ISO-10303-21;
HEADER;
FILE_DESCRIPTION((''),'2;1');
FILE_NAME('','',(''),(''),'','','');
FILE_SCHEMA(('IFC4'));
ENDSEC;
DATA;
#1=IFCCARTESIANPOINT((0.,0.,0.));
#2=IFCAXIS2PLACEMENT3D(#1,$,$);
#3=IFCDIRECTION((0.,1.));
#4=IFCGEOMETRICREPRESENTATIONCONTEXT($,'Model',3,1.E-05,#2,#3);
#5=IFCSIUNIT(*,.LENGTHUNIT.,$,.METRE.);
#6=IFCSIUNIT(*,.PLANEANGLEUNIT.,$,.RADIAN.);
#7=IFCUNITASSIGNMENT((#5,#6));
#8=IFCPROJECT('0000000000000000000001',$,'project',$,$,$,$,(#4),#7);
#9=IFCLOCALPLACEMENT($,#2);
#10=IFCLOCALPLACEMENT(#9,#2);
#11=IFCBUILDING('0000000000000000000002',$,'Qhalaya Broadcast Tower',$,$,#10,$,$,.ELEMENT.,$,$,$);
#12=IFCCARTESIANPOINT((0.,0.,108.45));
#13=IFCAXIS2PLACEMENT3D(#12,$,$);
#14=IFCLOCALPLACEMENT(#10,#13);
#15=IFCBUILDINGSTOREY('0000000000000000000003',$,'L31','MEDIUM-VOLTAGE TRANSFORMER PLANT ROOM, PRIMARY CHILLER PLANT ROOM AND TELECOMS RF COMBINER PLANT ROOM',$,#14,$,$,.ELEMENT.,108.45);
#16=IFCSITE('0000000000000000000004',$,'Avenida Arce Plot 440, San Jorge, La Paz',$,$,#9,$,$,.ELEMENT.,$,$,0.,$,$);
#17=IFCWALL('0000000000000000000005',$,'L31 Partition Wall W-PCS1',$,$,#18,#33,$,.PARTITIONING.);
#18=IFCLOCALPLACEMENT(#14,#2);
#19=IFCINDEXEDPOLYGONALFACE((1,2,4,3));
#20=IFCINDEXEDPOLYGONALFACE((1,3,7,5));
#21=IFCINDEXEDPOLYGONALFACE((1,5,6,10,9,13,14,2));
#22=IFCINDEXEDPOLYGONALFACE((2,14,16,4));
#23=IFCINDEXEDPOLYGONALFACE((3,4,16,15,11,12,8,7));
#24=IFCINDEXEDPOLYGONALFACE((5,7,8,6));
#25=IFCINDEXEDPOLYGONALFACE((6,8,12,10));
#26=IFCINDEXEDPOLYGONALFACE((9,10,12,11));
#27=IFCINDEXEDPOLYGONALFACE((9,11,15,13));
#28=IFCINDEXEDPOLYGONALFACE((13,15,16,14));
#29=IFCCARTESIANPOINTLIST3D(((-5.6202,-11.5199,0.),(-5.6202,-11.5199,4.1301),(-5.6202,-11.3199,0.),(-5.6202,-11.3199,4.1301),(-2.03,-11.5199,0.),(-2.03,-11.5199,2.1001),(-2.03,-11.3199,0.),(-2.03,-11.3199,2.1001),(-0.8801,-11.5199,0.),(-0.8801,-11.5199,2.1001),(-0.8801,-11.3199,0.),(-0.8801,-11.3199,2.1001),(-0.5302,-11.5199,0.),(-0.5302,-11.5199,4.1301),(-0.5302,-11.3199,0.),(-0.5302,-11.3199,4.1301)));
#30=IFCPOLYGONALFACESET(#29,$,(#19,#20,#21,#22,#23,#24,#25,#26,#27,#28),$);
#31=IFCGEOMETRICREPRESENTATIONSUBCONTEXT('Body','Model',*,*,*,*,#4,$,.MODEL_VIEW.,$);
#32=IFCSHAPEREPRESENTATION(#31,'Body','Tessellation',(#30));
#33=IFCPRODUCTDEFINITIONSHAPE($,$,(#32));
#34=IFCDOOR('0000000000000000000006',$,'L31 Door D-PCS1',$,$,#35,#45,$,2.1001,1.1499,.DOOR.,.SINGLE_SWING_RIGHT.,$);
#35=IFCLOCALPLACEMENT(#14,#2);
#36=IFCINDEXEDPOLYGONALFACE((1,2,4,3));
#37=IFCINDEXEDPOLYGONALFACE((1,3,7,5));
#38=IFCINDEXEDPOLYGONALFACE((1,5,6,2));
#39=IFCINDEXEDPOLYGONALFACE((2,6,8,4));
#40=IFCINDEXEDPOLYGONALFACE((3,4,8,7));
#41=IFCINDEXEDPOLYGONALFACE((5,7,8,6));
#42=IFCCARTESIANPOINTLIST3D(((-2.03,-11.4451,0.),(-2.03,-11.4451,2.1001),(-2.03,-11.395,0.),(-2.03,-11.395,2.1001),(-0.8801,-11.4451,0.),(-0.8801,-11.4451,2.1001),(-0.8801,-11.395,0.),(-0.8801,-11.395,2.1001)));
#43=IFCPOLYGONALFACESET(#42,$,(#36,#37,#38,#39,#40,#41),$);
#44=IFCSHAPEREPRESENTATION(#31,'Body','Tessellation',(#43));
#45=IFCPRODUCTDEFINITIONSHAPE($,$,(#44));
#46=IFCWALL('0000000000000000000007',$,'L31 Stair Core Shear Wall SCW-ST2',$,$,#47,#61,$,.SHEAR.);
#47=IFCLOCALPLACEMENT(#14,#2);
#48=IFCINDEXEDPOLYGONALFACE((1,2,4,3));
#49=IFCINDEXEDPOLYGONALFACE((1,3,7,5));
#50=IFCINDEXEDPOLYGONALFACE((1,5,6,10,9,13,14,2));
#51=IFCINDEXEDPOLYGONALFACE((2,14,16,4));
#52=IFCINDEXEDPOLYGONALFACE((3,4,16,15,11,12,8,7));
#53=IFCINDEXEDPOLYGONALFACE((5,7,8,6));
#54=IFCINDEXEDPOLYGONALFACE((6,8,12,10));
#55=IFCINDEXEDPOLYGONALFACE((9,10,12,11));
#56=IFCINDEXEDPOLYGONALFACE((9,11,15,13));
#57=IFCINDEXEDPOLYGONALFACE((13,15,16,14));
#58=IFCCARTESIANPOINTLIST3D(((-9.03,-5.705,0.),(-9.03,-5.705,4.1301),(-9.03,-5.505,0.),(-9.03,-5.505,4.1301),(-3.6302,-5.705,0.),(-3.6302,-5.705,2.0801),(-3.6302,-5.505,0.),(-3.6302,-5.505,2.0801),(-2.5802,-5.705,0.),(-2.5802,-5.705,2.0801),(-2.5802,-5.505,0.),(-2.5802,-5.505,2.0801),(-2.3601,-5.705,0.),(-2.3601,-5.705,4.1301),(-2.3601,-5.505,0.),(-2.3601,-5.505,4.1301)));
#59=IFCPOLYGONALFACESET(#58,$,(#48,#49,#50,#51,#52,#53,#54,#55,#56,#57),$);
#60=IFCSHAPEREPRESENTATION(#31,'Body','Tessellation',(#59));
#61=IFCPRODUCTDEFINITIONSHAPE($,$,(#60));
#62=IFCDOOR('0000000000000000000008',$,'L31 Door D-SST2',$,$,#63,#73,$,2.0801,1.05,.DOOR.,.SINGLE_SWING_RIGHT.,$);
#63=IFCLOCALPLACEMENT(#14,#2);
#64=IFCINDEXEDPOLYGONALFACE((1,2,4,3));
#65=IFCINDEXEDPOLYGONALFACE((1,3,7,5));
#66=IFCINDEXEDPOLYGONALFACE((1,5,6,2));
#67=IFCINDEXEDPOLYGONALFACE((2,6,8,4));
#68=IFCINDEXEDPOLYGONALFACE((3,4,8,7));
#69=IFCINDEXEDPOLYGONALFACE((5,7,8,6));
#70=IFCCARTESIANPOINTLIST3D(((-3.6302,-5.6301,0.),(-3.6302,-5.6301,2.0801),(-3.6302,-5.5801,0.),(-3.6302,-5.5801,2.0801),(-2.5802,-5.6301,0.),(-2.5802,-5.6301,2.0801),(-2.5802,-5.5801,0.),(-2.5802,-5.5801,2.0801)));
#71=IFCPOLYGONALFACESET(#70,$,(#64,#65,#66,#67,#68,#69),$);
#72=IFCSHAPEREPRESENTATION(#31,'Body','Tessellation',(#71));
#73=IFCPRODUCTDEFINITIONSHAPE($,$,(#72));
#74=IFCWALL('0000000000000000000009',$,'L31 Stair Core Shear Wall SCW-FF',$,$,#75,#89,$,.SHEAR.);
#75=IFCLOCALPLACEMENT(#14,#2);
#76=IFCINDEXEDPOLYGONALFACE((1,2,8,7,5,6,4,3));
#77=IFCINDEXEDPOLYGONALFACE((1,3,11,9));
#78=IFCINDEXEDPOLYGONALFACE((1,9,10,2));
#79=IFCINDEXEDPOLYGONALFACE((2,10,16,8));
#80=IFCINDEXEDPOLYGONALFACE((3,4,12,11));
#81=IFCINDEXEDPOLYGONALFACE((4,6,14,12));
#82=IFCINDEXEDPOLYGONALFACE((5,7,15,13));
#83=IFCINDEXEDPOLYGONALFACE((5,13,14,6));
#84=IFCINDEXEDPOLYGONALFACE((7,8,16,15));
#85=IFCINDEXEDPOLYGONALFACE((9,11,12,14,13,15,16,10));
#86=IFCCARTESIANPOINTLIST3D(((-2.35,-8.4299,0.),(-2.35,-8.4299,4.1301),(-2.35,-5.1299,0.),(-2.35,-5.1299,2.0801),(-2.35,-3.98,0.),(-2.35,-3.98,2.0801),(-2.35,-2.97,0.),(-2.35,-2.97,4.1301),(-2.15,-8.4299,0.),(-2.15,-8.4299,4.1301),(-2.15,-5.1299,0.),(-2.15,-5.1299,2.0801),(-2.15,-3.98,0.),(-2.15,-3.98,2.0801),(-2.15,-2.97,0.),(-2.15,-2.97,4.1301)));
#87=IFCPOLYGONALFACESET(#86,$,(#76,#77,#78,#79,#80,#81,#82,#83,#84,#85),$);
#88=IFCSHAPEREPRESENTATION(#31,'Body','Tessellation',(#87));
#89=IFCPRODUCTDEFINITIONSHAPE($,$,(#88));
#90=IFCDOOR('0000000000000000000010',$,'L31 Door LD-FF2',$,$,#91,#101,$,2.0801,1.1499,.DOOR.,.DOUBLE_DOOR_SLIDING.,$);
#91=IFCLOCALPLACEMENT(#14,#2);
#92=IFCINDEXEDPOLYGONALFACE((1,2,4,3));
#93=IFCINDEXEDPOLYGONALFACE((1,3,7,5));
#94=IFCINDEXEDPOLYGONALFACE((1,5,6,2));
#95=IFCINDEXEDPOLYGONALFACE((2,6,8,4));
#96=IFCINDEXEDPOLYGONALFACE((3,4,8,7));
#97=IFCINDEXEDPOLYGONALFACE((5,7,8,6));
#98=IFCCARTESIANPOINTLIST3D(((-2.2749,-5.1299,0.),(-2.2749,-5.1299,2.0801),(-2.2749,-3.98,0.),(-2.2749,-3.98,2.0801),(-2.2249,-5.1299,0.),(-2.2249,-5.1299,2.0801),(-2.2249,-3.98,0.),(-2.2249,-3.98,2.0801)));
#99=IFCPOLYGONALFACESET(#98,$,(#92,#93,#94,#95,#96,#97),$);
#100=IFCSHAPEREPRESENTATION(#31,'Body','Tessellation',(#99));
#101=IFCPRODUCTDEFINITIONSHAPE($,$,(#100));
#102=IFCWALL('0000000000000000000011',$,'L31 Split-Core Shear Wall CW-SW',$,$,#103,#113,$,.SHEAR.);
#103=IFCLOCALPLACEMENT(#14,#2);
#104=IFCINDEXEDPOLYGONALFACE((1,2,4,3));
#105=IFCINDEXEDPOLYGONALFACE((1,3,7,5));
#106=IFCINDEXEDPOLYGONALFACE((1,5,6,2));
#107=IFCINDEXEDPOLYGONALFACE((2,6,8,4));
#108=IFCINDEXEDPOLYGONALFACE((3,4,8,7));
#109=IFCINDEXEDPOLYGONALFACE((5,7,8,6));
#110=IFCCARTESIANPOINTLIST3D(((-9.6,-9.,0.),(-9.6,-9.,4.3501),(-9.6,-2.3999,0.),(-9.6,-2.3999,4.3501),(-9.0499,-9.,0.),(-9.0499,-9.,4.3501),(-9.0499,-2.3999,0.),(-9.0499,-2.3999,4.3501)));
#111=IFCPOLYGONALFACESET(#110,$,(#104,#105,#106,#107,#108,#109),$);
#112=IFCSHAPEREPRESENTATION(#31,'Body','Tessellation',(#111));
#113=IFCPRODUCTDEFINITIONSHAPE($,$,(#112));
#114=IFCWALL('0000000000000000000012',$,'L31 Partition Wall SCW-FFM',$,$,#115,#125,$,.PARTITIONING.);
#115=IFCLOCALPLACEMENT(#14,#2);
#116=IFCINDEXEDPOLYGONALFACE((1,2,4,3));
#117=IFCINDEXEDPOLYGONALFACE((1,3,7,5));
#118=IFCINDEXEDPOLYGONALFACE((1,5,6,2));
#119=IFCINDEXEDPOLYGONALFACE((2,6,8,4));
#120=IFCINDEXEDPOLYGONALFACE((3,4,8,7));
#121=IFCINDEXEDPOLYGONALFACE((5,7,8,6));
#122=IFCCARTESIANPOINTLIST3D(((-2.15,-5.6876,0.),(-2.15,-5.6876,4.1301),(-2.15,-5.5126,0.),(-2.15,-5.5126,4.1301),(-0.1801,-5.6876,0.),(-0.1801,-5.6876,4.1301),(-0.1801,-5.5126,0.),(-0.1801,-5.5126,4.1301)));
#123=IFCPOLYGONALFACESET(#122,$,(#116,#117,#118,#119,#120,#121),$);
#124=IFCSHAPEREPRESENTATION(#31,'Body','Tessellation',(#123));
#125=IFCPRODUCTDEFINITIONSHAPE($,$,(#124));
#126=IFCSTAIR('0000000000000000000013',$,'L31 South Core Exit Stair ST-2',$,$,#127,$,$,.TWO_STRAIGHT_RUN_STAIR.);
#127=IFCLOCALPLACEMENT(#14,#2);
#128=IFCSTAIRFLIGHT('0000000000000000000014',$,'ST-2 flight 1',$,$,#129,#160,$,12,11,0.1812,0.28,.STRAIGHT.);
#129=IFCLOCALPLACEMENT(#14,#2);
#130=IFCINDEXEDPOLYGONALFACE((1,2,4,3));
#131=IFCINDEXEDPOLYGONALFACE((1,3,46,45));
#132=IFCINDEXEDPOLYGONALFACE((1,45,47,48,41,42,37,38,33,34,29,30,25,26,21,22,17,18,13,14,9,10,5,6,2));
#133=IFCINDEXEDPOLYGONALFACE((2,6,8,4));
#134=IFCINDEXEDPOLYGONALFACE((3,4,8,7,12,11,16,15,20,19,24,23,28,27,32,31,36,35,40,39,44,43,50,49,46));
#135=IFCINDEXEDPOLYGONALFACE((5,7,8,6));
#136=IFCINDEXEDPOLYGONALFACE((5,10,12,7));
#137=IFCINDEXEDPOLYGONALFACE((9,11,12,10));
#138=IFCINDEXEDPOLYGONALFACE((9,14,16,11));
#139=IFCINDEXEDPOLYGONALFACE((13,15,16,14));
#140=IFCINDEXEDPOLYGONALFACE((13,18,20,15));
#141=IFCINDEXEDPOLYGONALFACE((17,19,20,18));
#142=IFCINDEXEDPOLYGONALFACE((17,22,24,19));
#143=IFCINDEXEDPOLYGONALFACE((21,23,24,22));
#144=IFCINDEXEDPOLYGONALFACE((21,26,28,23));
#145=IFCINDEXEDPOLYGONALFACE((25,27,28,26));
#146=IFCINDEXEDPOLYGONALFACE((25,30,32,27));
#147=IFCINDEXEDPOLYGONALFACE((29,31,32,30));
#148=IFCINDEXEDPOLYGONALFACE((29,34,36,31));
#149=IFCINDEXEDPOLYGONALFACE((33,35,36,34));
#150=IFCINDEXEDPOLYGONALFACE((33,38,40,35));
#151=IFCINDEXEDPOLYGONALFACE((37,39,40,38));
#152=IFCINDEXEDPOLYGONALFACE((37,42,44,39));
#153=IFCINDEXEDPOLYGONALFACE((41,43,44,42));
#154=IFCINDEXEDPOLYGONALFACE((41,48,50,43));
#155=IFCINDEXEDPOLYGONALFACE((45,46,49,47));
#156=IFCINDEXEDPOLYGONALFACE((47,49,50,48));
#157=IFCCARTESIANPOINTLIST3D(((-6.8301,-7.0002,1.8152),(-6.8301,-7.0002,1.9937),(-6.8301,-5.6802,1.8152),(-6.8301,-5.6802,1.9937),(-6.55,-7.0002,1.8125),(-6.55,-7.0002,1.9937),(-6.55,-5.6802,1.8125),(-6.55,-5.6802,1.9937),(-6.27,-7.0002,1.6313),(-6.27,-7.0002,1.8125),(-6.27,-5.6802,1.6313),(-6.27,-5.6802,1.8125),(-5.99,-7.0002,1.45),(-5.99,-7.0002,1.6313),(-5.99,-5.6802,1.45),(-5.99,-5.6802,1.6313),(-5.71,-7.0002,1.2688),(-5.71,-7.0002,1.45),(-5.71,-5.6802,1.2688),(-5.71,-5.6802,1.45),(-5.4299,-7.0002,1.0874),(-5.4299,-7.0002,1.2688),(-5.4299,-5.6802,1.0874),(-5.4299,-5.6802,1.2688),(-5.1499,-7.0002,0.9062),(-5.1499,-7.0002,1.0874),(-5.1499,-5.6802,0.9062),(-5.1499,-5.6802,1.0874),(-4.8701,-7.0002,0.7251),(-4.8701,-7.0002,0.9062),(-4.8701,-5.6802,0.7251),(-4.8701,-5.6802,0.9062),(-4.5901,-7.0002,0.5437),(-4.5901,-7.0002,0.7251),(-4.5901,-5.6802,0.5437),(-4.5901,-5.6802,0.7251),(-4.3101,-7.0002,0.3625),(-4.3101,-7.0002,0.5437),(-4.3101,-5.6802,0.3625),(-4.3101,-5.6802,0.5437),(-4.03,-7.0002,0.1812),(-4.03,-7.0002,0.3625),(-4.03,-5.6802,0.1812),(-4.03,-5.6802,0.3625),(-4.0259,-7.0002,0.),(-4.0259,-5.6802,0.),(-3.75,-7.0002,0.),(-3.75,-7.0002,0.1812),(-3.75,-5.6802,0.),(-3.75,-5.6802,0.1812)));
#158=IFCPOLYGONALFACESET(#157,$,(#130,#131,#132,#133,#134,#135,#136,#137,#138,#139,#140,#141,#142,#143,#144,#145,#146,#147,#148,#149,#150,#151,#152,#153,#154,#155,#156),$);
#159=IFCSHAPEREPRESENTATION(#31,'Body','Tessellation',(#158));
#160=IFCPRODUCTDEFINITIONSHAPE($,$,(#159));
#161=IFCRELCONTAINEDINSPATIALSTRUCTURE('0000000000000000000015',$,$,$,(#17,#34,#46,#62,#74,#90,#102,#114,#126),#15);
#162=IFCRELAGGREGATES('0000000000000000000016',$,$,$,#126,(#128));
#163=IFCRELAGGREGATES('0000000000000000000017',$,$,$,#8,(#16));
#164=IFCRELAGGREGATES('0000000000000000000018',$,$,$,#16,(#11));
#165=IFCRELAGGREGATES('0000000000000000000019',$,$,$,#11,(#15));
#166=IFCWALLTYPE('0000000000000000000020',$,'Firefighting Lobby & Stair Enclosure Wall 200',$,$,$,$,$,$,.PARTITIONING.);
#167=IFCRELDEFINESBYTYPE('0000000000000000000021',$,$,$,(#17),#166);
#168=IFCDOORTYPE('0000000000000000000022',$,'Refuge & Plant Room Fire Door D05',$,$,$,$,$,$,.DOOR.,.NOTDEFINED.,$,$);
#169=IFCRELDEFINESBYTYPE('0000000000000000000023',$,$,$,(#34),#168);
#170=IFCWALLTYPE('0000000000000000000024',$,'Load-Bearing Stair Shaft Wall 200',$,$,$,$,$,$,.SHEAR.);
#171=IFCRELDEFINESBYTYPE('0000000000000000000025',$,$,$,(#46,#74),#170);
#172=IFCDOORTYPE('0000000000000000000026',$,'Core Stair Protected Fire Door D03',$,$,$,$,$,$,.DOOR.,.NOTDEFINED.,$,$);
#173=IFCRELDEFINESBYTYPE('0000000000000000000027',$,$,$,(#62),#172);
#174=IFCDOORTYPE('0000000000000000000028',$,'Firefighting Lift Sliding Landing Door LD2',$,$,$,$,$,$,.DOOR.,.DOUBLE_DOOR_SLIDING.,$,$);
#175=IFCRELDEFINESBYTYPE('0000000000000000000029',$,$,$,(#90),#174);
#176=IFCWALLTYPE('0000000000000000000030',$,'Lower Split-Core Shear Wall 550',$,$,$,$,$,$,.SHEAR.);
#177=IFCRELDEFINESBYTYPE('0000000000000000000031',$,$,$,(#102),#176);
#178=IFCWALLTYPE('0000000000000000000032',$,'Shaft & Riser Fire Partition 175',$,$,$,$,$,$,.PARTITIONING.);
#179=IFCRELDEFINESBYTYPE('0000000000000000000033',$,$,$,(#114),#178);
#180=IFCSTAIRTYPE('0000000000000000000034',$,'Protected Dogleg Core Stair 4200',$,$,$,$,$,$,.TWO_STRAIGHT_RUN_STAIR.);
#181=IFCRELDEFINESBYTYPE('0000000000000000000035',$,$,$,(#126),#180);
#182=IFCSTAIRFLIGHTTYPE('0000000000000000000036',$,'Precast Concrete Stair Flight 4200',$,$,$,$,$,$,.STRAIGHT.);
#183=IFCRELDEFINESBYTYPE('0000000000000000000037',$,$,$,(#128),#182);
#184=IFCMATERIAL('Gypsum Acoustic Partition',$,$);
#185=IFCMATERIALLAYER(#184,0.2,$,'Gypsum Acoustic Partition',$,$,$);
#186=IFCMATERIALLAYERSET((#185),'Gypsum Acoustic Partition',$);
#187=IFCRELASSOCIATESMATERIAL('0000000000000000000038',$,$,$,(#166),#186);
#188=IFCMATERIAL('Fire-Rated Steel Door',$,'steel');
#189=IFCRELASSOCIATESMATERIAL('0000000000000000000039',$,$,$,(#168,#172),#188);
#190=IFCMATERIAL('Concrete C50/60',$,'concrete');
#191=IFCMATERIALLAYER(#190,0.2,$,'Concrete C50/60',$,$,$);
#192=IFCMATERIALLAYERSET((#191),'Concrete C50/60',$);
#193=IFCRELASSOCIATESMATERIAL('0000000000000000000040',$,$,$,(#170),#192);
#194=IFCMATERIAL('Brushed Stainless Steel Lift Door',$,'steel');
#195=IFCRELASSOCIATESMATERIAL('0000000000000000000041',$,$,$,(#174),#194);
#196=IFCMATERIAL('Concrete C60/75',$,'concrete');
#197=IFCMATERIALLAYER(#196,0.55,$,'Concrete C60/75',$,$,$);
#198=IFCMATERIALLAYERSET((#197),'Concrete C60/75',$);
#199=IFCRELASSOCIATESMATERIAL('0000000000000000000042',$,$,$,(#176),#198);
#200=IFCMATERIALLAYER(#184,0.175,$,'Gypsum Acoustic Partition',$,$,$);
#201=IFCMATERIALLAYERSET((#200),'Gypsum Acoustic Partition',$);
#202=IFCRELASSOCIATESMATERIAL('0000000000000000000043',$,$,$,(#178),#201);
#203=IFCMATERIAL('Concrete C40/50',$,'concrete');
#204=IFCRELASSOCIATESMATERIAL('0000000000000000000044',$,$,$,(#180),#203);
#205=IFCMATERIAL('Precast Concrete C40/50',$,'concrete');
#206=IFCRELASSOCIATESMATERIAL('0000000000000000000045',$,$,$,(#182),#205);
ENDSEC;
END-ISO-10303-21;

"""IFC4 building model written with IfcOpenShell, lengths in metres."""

from ifc_helpers import new_model, si_unit, direction, frame, frame_2d, origin, place, context, subcontext, project, spatial, polyline, rectangle, outline, extrude, material, layer, layer_set, type_object, element, fill, aggregate, save


model = new_model("IFC4")

# Units and contexts
model_context = context("Model", 3, precision=1e-05, world=origin(), true_north=direction((0.0, 1.0)))
body_context = subcontext(model_context, "Body", "Model", "MODEL_VIEW")
ifc_project = project(units=[si_unit("LENGTHUNIT", "METRE"), si_unit("PLANEANGLEUNIT", "RADIAN")], contexts=[model_context])

# Site, building, storey
site_placement = place(None, origin())
site = spatial("IfcSite", under=ifc_project, at=site_placement, Name="Avenida Arce Plot 440, San Jorge, La Paz", CompositionType="ELEMENT", RefElevation=0.0)
building_placement = place(site_placement, origin())
building = spatial("IfcBuilding", under=site, at=building_placement, Name="Qhalaya Broadcast Tower", CompositionType="ELEMENT")
storey_placement = place(building_placement, frame((0.0, 0.0, 108.45)))
storey = spatial("IfcBuildingStorey", under=building, at=storey_placement, Name="L31", Description="MEDIUM-VOLTAGE TRANSFORMER PLANT ROOM, PRIMARY CHILLER PLANT ROOM AND TELECOMS RF COMBINER PLANT ROOM", CompositionType="ELEMENT", Elevation=108.45)

# Shared definitions
ifc_material_1 = material(Name="Concrete C50/60", Category="concrete")

# Shared definitions
ifc_material_2 = material(Name="Gypsum Acoustic Partition")
ifc_layer_1 = layer(ifc_material_2, 0.2, Name="Gypsum Acoustic Partition")
ifc_layer_set_1 = layer_set([ifc_layer_1], Name="Gypsum Acoustic Partition")
wall_type_1 = type_object("IfcWallType", Name="Firefighting Lobby & Stair Enclosure Wall 200", PredefinedType="PARTITIONING", material=ifc_layer_set_1)

# Walls, openings, doors
wall_1_placement = place(storey_placement, frame((-5.6201, -11.4199, 0.0), z_axis=(0.0, 0.0, 1.0), x_axis=(1.0, 0.0, 0.0)))
wall_1 = element("IfcWall", 1, at=wall_1_placement, inside=storey, type_object=wall_type_1, Name="L31 Partition Wall W-PCS1", PredefinedType="PARTITIONING", context=body_context, shape_type="SweptSolid", body=[
    extrude(rectangle(XDim=5.0901, YDim=0.2, at=frame_2d((2.5449, 0.0))), origin(), (0.0, 0.0, 1.0), 4.1301),
])
opening_1_placement = place(wall_1_placement, frame((3.5901, 0.0, 0.0)))
opening_1 = element("IfcOpeningElement", 2, at=opening_1_placement, cuts=wall_1, PredefinedType="OPENING", context=body_context, shape_type="SweptSolid", body=[
    extrude(rectangle(XDim=1.1499, YDim=2.1001, at=frame_2d((0.575, 1.05))), frame((0.0, 0.1121, 0.0), z_axis=(0.0, -1.0, 0.0), x_axis=(1.0, 0.0, 0.0)), (0.0, 0.0, 1.0), 0.2239),
])
ifc_material_3 = material(Name="Fire-Rated Steel Door", Category="steel")
door_type_1 = type_object("IfcDoorType", Name="Refuge & Plant Room Fire Door D05", OperationType="NOTDEFINED", PredefinedType="DOOR", material=ifc_material_3)
door_1_placement = place(opening_1_placement, origin())
door_1 = element("IfcDoor", 3, at=door_1_placement, inside=storey, type_object=door_type_1, Name="L31 Door D-PCS1", OperationType="SINGLE_SWING_RIGHT", OverallHeight=2.1001, OverallWidth=1.1499, PredefinedType="DOOR", context=body_context, shape_type="SweptSolid", body=[
    extrude(rectangle(XDim=1.1499, YDim=2.1001, at=frame_2d((0.575, 1.05))), frame((0.0, 0.0249, 0.0), z_axis=(0.0, -1.0, 0.0), x_axis=(1.0, 0.0, 0.0)), (0.0, 0.0, 1.0), 0.05),
])
fill(opening_1, door_1)
ifc_layer_2 = layer(ifc_material_1, 0.2, Name="Concrete C50/60")
ifc_layer_set_2 = layer_set([ifc_layer_2], Name="Concrete C50/60")
wall_type_2 = type_object("IfcWallType", Name="Load-Bearing Stair Shaft Wall 200", PredefinedType="SHEAR", material=ifc_layer_set_2)
wall_2_placement = place(storey_placement, frame((-9.03, -5.605, 0.0), z_axis=(0.0, 0.0, 1.0), x_axis=(1.0, 0.0, 0.0)))
wall_2 = element("IfcWall", 4, at=wall_2_placement, inside=storey, type_object=wall_type_2, Name="L31 Stair Core Shear Wall SCW-ST2", PredefinedType="SHEAR", context=body_context, shape_type="SweptSolid", body=[
    extrude(rectangle(XDim=6.6699, YDim=0.2, at=frame_2d((3.335, 0.0))), origin(), (0.0, 0.0, 1.0), 4.1301),
])
opening_2_placement = place(wall_2_placement, frame((5.3999, 0.0, 0.0)))
opening_2 = element("IfcOpeningElement", 5, at=opening_2_placement, cuts=wall_2, PredefinedType="OPENING", context=body_context, shape_type="SweptSolid", body=[
    extrude(rectangle(XDim=1.05, YDim=2.0801, at=frame_2d((0.5249, 1.04))), frame((0.0, 0.1121, 0.0), z_axis=(0.0, -1.0, 0.0), x_axis=(1.0, 0.0, 0.0)), (0.0, 0.0, 1.0), 0.2239),
])
door_type_2 = type_object("IfcDoorType", Name="Core Stair Protected Fire Door D03", OperationType="NOTDEFINED", PredefinedType="DOOR", material=ifc_material_3)
door_2_placement = place(opening_2_placement, origin())
door_2 = element("IfcDoor", 6, at=door_2_placement, inside=storey, type_object=door_type_2, Name="L31 Door D-SST2", OperationType="SINGLE_SWING_RIGHT", OverallHeight=2.0801, OverallWidth=1.05, PredefinedType="DOOR", context=body_context, shape_type="SweptSolid", body=[
    extrude(rectangle(XDim=1.05, YDim=2.0801, at=frame_2d((0.5249, 1.04))), frame((0.0, 0.0249, 0.0), z_axis=(0.0, -1.0, 0.0), x_axis=(1.0, 0.0, 0.0)), (0.0, 0.0, 1.0), 0.05),
])
fill(opening_2, door_2)
wall_3_placement = place(storey_placement, frame((-2.25, -8.4299, 0.0), z_axis=(0.0, 0.0, 1.0), x_axis=(0.0, 1.0, 0.0)))
wall_3 = element("IfcWall", 7, at=wall_3_placement, inside=storey, type_object=wall_type_2, Name="L31 Stair Core Shear Wall SCW-FF", PredefinedType="SHEAR", context=body_context, shape_type="SweptSolid", body=[
    extrude(rectangle(XDim=5.46, YDim=0.2, at=frame_2d((2.73, 0.0))), origin(), (0.0, 0.0, 1.0), 4.1301),
])
opening_3_placement = place(wall_3_placement, frame((3.3, 0.0, 0.0)))
opening_3 = element("IfcOpeningElement", 8, at=opening_3_placement, cuts=wall_3, PredefinedType="OPENING", context=body_context, shape_type="SweptSolid", body=[
    extrude(rectangle(XDim=1.1499, YDim=2.0801, at=frame_2d((0.575, 1.04))), frame((0.0, 0.1121, 0.0), z_axis=(0.0, -1.0, 0.0), x_axis=(1.0, 0.0, 0.0)), (0.0, 0.0, 1.0), 0.2239),
])
ifc_material_4 = material(Name="Brushed Stainless Steel Lift Door", Category="steel")
door_type_3 = type_object("IfcDoorType", Name="Firefighting Lift Sliding Landing Door LD2", OperationType="DOUBLE_DOOR_SLIDING", PredefinedType="DOOR", material=ifc_material_4)
door_3_placement = place(opening_3_placement, origin())
door_3 = element("IfcDoor", 9, at=door_3_placement, inside=storey, type_object=door_type_3, Name="L31 Door LD-FF2", OperationType="DOUBLE_DOOR_SLIDING", OverallHeight=2.0801, OverallWidth=1.1499, PredefinedType="DOOR", context=body_context, shape_type="SweptSolid", body=[
    extrude(rectangle(XDim=1.1499, YDim=2.0801, at=frame_2d((0.575, 1.04))), frame((0.0, 0.0249, 0.0), z_axis=(0.0, -1.0, 0.0), x_axis=(1.0, 0.0, 0.0)), (0.0, 0.0, 1.0), 0.05),
])
fill(opening_3, door_3)

# Walls
ifc_material_5 = material(Name="Concrete C60/75", Category="concrete")
ifc_layer_3 = layer(ifc_material_5, 0.55, Name="Concrete C60/75")
ifc_layer_set_3 = layer_set([ifc_layer_3], Name="Concrete C60/75")
wall_type_3 = type_object("IfcWallType", Name="Lower Split-Core Shear Wall 550", PredefinedType="SHEAR", material=ifc_layer_set_3)
wall_4_placement = place(storey_placement, frame((-9.325, -9.0, 0.0), z_axis=(0.0, 0.0, 1.0), x_axis=(0.0, 1.0, 0.0)))
element("IfcWall", 10, at=wall_4_placement, inside=storey, type_object=wall_type_3, Name="L31 Split-Core Shear Wall CW-SW", PredefinedType="SHEAR", context=body_context, shape_type="SweptSolid", body=[
    extrude(rectangle(XDim=6.6001, YDim=0.55, at=frame_2d((3.3, 0.0))), origin(), (0.0, 0.0, 1.0), 4.3501),
])
ifc_layer_4 = layer(ifc_material_2, 0.175, Name="Gypsum Acoustic Partition")
ifc_layer_set_4 = layer_set([ifc_layer_4], Name="Gypsum Acoustic Partition")
wall_type_4 = type_object("IfcWallType", Name="Shaft & Riser Fire Partition 175", PredefinedType="PARTITIONING", material=ifc_layer_set_4)
wall_5_placement = place(storey_placement, frame((-2.1499, -5.6001, 0.0), z_axis=(0.0, 0.0, 1.0), x_axis=(1.0, 0.0, 0.0)))
element("IfcWall", 11, at=wall_5_placement, inside=storey, type_object=wall_type_4, Name="L31 Partition Wall SCW-FFM", PredefinedType="PARTITIONING", context=body_context, shape_type="SweptSolid", body=[
    extrude(rectangle(XDim=1.97, YDim=0.175, at=frame_2d((0.9849, 0.0))), origin(), (0.0, 0.0, 1.0), 4.1301),
])

# Stair, stair flight
ifc_material_6 = material(Name="Concrete C40/50", Category="concrete")
stair_type = type_object("IfcStairType", Name="Protected Dogleg Core Stair 4200", PredefinedType="TWO_STRAIGHT_RUN_STAIR", material=ifc_material_6)
stair_placement = place(storey_placement, origin())
stair = element("IfcStair", 12, at=stair_placement, inside=storey, type_object=stair_type, Name="L31 South Core Exit Stair ST-2", PredefinedType="TWO_STRAIGHT_RUN_STAIR")
ifc_material_7 = material(Name="Precast Concrete C40/50", Category="concrete")
stair_flight_type = type_object("IfcStairFlightType", Name="Precast Concrete Stair Flight 4200", PredefinedType="STRAIGHT", material=ifc_material_7)
stair_flight_1_placement = place(storey_placement, frame((-3.75, -6.3401, 0.0), z_axis=(0.0, 0.0, 1.0), x_axis=(-1.0, 0.0, 0.0)))
stair_flight_1 = element("IfcStairFlight", 13, at=stair_flight_1_placement, type_object=stair_flight_type, Name="ST-2 flight 1", NumberOfRisers=12, NumberOfTreads=11, PredefinedType="STRAIGHT", RiserHeight=0.1812, TreadLength=0.28, context=body_context, shape_type="SweptSolid", body=[
    extrude(outline(polyline([(0.0, 0.0), (0.0, 0.1812), (0.28, 0.1812), (0.28, 0.3625), (0.5601, 0.3625), (0.5601, 0.5437), (0.8401, 0.5437), (0.8401, 0.7251), (1.1201, 0.7251), (1.1201, 0.9062), (1.3999, 0.9062), (1.3999, 1.0874), (1.6799, 1.0874), (1.6799, 1.2688), (1.96, 1.2688), (1.96, 1.45), (2.24, 1.45), (2.24, 1.6313), (2.52, 1.6313), (2.52, 1.8125), (2.8, 1.8125), (2.8, 1.9937), (3.0801, 1.9937), (3.0801, 2.175), (3.0801, 1.8152), (0.2759, 0.0), (0.0, 0.0)])), frame((0.0, 0.6602, 0.0), z_axis=(0.0, -1.0, 0.0), x_axis=(1.0, 0.0, 0.0)), (0.0, 0.0, 1.0), 1.3201),
])
aggregate(stair, [stair_flight_1])

save(model, "model.ifc")
